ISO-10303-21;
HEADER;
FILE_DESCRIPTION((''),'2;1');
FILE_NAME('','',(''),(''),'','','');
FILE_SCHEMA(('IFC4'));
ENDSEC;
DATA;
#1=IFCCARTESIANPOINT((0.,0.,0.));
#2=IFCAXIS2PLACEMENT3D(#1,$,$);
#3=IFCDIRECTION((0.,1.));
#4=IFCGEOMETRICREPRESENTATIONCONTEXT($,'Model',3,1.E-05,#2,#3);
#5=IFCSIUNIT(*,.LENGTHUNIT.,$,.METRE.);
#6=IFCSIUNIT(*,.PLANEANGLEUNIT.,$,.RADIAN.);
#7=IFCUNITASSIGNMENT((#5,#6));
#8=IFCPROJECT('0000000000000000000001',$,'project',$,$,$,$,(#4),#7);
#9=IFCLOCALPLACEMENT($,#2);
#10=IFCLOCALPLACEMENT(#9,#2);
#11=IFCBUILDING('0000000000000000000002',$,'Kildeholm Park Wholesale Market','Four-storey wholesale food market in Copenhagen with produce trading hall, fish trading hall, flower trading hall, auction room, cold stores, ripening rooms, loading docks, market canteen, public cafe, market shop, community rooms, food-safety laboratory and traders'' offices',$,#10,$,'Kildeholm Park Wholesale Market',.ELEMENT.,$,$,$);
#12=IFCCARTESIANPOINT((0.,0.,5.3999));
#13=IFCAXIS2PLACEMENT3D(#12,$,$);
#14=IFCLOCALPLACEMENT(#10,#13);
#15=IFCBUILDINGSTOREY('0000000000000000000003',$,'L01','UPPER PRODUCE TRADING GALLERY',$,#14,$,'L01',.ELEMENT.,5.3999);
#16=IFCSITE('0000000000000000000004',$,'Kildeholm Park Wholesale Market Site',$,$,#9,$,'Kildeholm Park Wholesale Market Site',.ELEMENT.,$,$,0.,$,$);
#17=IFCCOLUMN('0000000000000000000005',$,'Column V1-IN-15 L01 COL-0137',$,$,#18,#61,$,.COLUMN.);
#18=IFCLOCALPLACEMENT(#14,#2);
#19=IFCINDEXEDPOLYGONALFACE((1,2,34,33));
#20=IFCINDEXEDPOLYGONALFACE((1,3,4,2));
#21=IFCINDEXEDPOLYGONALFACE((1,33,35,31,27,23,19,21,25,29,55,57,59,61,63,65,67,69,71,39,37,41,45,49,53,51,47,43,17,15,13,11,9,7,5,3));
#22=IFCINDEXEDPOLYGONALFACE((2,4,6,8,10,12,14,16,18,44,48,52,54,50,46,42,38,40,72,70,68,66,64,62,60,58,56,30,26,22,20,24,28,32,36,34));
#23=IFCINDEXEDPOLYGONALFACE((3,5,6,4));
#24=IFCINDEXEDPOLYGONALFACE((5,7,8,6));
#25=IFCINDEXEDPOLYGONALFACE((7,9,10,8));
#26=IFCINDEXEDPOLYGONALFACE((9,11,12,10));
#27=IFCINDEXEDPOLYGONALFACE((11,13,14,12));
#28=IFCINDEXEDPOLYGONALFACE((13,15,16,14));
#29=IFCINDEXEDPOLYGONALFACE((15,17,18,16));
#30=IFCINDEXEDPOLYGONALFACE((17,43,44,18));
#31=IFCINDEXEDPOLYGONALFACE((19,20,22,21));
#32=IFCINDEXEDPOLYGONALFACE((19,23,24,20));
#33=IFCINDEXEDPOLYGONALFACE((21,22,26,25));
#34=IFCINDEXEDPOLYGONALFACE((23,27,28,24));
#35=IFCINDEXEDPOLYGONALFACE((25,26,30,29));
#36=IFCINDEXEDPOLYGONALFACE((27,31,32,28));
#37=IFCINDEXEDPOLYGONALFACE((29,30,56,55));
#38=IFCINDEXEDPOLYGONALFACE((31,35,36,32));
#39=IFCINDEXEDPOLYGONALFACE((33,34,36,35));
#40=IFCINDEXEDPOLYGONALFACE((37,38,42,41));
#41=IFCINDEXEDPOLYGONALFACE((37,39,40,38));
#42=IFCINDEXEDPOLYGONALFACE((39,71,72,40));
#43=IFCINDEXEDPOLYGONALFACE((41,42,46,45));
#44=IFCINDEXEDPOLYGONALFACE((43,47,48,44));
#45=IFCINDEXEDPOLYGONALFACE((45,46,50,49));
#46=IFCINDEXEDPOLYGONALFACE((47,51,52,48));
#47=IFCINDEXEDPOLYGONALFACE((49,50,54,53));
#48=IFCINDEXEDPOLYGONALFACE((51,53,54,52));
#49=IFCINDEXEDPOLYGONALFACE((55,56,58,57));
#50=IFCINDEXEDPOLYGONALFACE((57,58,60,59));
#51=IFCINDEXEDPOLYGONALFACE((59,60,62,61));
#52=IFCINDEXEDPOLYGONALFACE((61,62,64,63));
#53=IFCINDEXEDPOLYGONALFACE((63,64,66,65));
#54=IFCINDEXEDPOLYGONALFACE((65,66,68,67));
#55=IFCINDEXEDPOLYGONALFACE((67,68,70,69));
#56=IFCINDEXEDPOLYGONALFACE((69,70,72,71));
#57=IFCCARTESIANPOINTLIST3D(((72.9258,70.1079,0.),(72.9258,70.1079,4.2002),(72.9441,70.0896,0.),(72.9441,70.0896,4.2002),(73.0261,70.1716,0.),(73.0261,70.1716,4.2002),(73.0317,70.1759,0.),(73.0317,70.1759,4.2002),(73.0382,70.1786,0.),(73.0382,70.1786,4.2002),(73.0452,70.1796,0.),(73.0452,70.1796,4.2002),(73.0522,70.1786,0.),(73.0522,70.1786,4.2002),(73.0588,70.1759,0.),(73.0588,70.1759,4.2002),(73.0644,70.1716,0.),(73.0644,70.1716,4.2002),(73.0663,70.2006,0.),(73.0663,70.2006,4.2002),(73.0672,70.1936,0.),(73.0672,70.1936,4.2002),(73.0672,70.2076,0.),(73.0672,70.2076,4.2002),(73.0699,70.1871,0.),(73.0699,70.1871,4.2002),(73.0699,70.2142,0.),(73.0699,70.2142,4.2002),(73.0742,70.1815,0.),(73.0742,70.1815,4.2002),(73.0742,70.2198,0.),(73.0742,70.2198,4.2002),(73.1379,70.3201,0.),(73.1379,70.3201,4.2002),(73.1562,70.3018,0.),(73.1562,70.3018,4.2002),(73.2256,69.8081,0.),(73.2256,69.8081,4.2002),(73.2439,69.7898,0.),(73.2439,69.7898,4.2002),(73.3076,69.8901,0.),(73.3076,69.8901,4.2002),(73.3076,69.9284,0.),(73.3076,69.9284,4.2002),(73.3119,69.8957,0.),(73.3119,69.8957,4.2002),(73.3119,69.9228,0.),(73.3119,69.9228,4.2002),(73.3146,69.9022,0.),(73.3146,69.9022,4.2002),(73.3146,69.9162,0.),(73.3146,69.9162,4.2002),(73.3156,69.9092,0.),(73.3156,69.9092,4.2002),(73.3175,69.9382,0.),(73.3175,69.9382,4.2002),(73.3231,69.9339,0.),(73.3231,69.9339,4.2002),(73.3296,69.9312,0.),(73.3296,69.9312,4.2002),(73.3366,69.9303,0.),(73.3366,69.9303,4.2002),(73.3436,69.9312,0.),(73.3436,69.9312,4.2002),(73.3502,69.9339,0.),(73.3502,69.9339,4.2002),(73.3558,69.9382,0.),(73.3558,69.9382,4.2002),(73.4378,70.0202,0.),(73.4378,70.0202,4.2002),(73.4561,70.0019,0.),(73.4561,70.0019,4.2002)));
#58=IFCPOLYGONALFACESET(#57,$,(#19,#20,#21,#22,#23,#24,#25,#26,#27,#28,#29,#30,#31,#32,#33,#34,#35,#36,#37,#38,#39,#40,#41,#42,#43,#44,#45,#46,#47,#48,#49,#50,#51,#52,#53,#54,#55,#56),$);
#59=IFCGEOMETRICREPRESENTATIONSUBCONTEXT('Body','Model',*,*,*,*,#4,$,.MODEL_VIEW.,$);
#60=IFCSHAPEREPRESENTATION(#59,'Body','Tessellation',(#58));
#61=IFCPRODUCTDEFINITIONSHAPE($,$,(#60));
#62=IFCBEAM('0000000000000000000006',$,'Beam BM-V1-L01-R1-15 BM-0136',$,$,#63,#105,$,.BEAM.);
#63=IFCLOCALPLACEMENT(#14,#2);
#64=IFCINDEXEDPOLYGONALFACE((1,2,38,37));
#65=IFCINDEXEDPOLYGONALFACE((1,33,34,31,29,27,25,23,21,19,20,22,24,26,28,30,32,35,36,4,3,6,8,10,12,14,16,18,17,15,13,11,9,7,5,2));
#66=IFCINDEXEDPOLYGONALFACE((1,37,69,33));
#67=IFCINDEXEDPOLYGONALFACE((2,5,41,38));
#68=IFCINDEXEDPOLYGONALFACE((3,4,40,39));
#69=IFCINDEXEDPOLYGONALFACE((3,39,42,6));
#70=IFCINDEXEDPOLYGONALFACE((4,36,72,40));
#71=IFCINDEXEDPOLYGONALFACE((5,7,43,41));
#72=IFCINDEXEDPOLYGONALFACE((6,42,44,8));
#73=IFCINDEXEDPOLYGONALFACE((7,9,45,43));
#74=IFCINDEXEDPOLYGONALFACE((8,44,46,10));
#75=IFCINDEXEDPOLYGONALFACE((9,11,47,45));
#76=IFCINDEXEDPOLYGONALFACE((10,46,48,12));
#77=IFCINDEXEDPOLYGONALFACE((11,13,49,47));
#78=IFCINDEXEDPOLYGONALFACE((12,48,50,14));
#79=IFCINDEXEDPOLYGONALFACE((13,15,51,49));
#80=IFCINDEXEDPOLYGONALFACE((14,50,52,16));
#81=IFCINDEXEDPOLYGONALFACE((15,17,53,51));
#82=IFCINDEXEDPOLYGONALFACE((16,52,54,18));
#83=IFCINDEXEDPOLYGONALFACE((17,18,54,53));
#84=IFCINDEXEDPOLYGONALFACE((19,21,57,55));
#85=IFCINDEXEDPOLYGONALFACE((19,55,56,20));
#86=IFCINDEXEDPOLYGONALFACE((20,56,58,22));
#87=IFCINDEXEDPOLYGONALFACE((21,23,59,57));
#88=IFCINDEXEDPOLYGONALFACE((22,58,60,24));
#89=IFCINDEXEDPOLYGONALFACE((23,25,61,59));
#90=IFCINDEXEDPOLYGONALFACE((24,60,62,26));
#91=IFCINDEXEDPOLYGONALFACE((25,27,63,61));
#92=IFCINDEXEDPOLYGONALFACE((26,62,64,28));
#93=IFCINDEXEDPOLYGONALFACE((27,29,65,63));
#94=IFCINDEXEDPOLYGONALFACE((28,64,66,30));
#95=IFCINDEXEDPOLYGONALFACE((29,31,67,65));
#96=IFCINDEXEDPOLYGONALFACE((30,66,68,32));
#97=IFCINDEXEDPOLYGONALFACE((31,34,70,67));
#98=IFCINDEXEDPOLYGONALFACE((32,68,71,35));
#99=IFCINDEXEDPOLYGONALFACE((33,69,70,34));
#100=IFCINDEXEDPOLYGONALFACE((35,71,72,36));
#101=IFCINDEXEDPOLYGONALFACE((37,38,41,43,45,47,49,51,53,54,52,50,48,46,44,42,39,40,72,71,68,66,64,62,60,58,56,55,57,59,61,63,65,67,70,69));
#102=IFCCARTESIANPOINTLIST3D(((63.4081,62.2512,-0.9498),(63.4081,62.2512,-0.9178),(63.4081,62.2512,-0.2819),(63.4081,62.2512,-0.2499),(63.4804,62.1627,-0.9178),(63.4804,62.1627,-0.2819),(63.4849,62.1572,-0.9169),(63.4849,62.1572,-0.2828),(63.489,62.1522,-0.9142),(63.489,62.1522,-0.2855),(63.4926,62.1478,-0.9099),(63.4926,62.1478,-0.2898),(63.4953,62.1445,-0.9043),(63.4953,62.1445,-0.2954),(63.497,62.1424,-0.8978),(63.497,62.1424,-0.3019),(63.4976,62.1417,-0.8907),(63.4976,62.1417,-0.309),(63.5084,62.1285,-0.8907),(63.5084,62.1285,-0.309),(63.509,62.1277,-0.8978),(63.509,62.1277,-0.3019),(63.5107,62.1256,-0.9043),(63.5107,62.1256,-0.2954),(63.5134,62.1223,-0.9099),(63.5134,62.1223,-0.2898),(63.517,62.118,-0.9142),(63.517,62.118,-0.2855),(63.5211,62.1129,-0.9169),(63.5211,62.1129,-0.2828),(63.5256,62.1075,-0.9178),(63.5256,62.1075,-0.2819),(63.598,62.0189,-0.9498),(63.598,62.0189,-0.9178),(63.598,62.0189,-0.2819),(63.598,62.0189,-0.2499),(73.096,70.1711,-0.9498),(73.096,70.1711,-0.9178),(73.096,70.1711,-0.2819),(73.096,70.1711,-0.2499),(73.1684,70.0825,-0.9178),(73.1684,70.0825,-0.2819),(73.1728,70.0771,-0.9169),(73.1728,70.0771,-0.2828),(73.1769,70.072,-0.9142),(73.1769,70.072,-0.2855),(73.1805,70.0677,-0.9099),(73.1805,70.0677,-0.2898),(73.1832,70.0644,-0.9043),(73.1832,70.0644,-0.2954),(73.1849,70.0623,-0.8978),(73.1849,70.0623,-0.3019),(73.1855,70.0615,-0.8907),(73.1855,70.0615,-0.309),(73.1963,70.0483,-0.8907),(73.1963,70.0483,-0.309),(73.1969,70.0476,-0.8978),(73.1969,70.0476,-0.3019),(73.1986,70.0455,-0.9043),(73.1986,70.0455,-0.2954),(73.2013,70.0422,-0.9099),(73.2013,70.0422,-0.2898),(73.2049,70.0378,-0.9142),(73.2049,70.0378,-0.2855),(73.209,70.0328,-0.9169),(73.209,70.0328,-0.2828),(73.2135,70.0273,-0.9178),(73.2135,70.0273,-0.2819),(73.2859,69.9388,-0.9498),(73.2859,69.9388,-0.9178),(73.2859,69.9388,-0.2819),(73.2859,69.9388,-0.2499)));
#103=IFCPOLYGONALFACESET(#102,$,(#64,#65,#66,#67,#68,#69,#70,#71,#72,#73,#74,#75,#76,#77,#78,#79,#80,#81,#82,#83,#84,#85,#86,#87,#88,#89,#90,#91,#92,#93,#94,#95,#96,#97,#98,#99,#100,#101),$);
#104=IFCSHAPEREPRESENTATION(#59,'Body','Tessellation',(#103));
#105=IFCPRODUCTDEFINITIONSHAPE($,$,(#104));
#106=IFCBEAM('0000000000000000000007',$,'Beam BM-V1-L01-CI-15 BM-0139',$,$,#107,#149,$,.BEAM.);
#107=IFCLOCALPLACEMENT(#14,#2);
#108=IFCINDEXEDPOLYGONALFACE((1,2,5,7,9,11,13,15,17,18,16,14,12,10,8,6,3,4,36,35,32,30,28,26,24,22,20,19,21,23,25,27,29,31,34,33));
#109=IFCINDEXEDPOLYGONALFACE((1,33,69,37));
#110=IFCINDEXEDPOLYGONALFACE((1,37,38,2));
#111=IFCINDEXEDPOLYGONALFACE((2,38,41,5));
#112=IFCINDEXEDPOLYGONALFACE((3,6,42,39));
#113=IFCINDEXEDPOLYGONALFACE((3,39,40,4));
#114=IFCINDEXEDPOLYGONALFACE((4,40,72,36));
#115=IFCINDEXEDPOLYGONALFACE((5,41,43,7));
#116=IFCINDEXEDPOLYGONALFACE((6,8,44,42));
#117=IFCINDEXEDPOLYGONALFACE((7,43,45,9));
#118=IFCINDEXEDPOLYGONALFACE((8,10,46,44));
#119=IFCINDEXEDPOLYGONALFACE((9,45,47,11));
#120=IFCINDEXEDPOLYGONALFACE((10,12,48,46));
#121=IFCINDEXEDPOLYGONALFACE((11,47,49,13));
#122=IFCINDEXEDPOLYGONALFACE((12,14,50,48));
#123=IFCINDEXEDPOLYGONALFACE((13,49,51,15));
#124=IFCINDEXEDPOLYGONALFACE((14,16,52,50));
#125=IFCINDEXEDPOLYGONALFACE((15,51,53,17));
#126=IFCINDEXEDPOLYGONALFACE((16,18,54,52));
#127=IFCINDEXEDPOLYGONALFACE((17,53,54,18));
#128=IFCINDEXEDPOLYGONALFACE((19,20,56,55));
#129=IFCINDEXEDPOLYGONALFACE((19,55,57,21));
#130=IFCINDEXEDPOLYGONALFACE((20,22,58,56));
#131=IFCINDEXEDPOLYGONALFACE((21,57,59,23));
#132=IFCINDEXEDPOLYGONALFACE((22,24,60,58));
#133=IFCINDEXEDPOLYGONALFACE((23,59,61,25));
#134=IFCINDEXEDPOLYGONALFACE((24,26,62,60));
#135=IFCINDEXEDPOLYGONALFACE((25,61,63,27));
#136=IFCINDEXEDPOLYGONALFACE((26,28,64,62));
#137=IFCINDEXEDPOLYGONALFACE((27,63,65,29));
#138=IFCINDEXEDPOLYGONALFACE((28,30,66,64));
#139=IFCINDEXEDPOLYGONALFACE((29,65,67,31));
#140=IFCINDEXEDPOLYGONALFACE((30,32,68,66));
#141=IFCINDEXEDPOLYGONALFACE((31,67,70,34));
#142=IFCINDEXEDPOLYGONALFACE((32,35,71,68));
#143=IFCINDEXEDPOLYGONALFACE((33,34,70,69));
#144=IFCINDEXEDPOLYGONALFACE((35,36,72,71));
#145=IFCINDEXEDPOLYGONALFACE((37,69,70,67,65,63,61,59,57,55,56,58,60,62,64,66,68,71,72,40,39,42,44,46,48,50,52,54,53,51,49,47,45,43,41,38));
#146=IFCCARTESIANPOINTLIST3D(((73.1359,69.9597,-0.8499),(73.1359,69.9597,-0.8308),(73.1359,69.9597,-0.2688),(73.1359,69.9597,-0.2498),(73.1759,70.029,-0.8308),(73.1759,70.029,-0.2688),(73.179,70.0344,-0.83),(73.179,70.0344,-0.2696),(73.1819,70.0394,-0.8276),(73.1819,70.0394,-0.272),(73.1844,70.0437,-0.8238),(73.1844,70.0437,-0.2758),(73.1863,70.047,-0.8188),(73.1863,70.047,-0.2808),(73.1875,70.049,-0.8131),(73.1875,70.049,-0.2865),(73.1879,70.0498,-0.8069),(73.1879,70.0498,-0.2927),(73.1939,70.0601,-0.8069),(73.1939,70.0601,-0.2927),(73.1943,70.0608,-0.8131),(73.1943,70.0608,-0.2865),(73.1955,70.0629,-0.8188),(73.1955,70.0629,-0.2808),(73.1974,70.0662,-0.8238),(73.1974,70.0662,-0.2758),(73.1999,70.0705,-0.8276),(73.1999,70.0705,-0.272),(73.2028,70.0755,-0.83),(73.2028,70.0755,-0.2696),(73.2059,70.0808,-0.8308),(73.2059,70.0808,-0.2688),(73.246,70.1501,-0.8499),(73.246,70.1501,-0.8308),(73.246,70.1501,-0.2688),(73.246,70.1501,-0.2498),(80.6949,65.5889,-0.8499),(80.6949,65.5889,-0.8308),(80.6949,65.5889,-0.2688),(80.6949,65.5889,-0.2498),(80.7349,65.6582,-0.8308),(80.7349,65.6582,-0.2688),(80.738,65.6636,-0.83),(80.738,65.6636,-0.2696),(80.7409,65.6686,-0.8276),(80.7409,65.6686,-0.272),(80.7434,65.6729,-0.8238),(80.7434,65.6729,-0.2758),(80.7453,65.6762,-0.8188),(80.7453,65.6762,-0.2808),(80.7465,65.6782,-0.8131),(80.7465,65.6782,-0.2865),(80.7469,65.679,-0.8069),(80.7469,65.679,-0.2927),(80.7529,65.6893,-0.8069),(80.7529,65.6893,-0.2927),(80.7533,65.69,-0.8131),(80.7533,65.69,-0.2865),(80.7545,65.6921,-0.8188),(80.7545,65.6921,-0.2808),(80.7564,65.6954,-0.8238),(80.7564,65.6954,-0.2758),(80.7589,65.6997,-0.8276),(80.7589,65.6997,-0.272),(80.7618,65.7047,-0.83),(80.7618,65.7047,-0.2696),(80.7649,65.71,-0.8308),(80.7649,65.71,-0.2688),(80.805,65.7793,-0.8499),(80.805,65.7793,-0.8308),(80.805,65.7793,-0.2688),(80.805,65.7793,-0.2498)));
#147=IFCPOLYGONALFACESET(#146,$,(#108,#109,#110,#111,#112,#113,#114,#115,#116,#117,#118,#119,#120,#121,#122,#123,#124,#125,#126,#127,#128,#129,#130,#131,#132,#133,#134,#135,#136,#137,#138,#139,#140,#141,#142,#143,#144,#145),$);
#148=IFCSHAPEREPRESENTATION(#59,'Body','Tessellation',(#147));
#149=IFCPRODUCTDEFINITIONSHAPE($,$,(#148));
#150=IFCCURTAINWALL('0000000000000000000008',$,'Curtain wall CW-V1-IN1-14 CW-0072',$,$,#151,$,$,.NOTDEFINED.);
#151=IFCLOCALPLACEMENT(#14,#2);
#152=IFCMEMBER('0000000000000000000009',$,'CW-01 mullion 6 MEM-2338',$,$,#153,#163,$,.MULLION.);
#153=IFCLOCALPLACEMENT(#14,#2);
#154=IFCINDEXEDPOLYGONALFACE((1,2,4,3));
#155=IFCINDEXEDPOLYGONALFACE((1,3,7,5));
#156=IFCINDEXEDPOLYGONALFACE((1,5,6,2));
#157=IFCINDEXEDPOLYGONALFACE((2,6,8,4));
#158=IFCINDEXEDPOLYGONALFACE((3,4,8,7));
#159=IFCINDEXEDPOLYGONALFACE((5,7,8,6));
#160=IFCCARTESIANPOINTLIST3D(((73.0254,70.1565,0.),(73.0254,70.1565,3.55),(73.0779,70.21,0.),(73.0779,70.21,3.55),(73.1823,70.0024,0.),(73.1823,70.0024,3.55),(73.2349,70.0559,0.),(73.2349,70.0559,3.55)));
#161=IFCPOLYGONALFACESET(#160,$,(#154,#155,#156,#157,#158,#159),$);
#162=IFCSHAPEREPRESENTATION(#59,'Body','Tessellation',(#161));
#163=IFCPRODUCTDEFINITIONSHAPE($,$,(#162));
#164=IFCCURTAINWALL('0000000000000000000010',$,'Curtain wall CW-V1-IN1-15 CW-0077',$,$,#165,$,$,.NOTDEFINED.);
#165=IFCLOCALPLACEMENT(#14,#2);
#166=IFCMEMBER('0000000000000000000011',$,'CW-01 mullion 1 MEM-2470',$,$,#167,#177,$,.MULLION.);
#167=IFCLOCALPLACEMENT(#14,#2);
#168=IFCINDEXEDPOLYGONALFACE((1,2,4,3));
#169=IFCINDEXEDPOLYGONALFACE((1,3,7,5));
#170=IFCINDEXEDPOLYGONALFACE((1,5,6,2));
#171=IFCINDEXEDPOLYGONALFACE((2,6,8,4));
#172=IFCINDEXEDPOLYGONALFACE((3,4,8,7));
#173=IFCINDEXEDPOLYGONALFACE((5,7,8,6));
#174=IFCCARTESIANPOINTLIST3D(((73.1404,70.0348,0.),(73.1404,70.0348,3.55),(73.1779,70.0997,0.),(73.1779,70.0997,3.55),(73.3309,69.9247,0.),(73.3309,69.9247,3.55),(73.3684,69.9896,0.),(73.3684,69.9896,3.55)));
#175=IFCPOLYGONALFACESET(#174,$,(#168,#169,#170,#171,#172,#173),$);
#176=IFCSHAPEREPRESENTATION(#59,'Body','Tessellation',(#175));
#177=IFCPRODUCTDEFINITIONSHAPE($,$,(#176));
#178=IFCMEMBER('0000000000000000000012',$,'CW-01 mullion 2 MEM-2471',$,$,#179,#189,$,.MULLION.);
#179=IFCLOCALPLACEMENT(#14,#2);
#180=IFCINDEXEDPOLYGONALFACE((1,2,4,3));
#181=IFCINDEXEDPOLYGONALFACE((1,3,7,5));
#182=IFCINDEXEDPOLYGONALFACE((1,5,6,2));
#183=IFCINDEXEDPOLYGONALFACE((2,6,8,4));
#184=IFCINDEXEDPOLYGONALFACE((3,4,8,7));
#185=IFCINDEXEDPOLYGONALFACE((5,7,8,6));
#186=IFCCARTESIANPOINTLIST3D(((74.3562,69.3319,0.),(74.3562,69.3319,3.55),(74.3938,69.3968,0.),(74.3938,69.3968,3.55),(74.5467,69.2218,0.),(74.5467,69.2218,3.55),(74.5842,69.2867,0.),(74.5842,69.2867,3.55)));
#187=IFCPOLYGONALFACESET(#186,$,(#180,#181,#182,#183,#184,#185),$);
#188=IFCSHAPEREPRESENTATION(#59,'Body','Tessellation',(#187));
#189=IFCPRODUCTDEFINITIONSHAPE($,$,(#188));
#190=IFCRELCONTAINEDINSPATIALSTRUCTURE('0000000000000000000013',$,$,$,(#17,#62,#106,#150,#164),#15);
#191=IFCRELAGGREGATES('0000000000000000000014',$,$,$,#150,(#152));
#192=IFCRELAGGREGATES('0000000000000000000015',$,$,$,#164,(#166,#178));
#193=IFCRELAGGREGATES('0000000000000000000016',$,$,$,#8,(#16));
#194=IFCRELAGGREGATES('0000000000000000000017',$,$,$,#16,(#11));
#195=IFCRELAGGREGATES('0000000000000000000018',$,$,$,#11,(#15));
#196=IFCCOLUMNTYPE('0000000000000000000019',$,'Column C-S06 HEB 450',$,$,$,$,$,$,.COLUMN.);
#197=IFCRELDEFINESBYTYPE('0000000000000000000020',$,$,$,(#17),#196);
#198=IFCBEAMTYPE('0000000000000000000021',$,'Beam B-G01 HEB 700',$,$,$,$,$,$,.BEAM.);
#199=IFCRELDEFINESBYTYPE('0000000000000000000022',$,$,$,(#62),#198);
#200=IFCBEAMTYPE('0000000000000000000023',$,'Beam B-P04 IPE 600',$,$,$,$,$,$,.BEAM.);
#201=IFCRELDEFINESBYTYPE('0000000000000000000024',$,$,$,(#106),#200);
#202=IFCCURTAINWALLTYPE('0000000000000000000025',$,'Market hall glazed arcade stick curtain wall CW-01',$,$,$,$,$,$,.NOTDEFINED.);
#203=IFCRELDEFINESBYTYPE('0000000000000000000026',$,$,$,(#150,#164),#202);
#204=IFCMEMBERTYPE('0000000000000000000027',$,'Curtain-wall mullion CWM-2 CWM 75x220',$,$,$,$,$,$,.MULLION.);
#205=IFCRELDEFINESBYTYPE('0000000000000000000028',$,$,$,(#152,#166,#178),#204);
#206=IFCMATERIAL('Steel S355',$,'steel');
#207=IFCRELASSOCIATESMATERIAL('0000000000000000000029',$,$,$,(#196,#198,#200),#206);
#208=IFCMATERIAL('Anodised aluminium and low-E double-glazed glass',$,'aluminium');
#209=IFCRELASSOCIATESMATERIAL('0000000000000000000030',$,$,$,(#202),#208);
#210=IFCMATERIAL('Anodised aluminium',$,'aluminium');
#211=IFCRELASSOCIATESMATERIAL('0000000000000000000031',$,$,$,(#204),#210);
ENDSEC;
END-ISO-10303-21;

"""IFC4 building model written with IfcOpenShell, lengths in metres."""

from ifc_helpers import new_model, si_unit, direction, frame, origin, origin_2d, place, context, subcontext, project, spatial, rectangle, i_section, extrude, material, material_profile, profile_set, type_object, element, aggregate, save


model = new_model("IFC4")

# Units and contexts
model_context = context("Model", 3, precision=1e-05, world=origin(), true_north=direction((0.0, 1.0)))
body_context = subcontext(model_context, "Body", "Model", "MODEL_VIEW")
ifc_project = project(units=[si_unit("LENGTHUNIT", "METRE"), si_unit("PLANEANGLEUNIT", "RADIAN")], contexts=[model_context])

# Site, building, storey
site_placement = place(None, origin())
site = spatial("IfcSite", under=ifc_project, at=site_placement, Name="Kildeholm Park Wholesale Market Site", LongName="Kildeholm Park Wholesale Market Site", CompositionType="ELEMENT", RefElevation=0.0)
building_placement = place(site_placement, origin())
building = spatial("IfcBuilding", under=site, at=building_placement, Name="Kildeholm Park Wholesale Market", Description="Four-storey wholesale food market in Copenhagen with produce trading hall, fish trading hall, flower trading hall, auction room, cold stores, ripening rooms, loading docks, market canteen, public cafe, market shop, community rooms, food-safety laboratory and traders' offices", LongName="Kildeholm Park Wholesale Market", CompositionType="ELEMENT")
storey_placement = place(building_placement, frame((0.0, 0.0, 5.3999)))
storey = spatial("IfcBuildingStorey", under=building, at=storey_placement, Name="L01", Description="UPPER PRODUCE TRADING GALLERY", LongName="L01", CompositionType="ELEMENT", Elevation=5.3999)

# Column
ifc_material_1 = material(Name="Steel S355", Category="steel")
ifc_material_profile_1 = material_profile(ifc_material_1, i_section(OverallWidth=0.3, OverallDepth=0.45, WebThickness=0.0139, FlangeThickness=0.0259, FilletRadius=0.0271, at=origin_2d()), Name="HEB 450")
ifc_profile_set_1 = profile_set([ifc_material_profile_1], Name="Steel S355")
column_type = type_object("IfcColumnType", Name="Column C-S06 HEB 450", PredefinedType="COLUMN", material=ifc_profile_set_1)
column_placement = place(storey_placement, frame((73.1909, 70.0549, 0.0), z_axis=(0.0, 0.0, 1.0), x_axis=(-0.707107, -0.707107, 0.0)))
element("IfcColumn", 1, at=column_placement, inside=storey, type_object=column_type, Name="Column V1-IN-15 L01 COL-0137", PredefinedType="COLUMN", context=body_context, shape_type="SweptSolid", body=[
    extrude(i_section(OverallWidth=0.3, OverallDepth=0.45, WebThickness=0.0139, FlangeThickness=0.0259, FilletRadius=0.0271, at=origin_2d()), origin(), (0.0, 0.0, 1.0), 4.2002),
])

# Beams
ifc_material_profile_2 = material_profile(ifc_material_1, i_section(OverallWidth=0.3, OverallDepth=0.7, WebThickness=0.0171, FlangeThickness=0.032, FilletRadius=0.0271, at=origin_2d()), Name="HEB 700")
ifc_profile_set_2 = profile_set([ifc_material_profile_2], Name="Steel S355")
beam_type_1 = type_object("IfcBeamType", Name="Beam B-G01 HEB 700", PredefinedType="BEAM", material=ifc_profile_set_2)
beam_1_placement = place(storey_placement, frame((73.1909, 70.0549, -0.5999), z_axis=(-0.774216, -0.632921, 0.0), x_axis=(0.632921, -0.774216, 0.0)))
element("IfcBeam", 2, at=beam_1_placement, inside=storey, type_object=beam_type_1, Name="Beam BM-V1-L01-R1-15 BM-0136", PredefinedType="BEAM", context=body_context, shape_type="SweptSolid", body=[
    extrude(i_section(OverallWidth=0.3, OverallDepth=0.7, WebThickness=0.0171, FlangeThickness=0.032, FilletRadius=0.0271, at=origin_2d()), origin(), (0.0, 0.0, 1.0), 12.5132),
])
ifc_material_profile_3 = material_profile(ifc_material_1, i_section(OverallWidth=0.22, OverallDepth=0.6001, WebThickness=0.012, FlangeThickness=0.019, FilletRadius=0.0239, at=origin_2d()), Name="IPE 600")
ifc_profile_set_3 = profile_set([ifc_material_profile_3], Name="Steel S355")
beam_type_2 = type_object("IfcBeamType", Name="Beam B-P04 IPE 600", PredefinedType="BEAM", material=ifc_profile_set_3)
beam_2_placement = place(storey_placement, frame((73.1909, 70.0549, -0.5498), z_axis=(0.865697, -0.500568, 0.0), x_axis=(0.500568, 0.865697, 0.0)))
element("IfcBeam", 3, at=beam_2_placement, inside=storey, type_object=beam_type_2, Name="Beam BM-V1-L01-CI-15 BM-0139", PredefinedType="BEAM", context=body_context, shape_type="SweptSolid", body=[
    extrude(i_section(OverallWidth=0.22, OverallDepth=0.6001, WebThickness=0.012, FlangeThickness=0.019, FilletRadius=0.0239, at=origin_2d()), origin(), (0.0, 0.0, 1.0), 8.7317),
])

# Curtain wall, member
ifc_material_2 = material(Name="Anodised aluminium and low-E double-glazed glass", Category="aluminium")
curtain_wall_type = type_object("IfcCurtainWallType", Name="Market hall glazed arcade stick curtain wall CW-01", PredefinedType="NOTDEFINED", material=ifc_material_2)
curtain_wall_1_placement = place(storey_placement, origin())
curtain_wall_1 = element("IfcCurtainWall", 4, at=curtain_wall_1_placement, inside=storey, type_object=curtain_wall_type, Name="Curtain wall CW-V1-IN1-14 CW-0072", PredefinedType="NOTDEFINED")
ifc_material_3 = material(Name="Anodised aluminium", Category="aluminium")
ifc_material_profile_4 = material_profile(ifc_material_3, rectangle(XDim=0.075, YDim=0.22, at=origin_2d()), Name="CWM 75x220")
ifc_profile_set_4 = profile_set([ifc_material_profile_4], Name="Anodised aluminium")
member_type_1 = type_object("IfcMemberType", Name="Curtain-wall mullion CWM-2 CWM 75x220", PredefinedType="MULLION", material=ifc_profile_set_4)
member_1_placement = place(storey_placement, frame((73.1301, 70.1062, 0.0), z_axis=(0.0, 0.0, 1.0), x_axis=(0.700617, 0.713538, 0.0)))
member_1 = element("IfcMember", 5, at=member_1_placement, type_object=member_type_1, Name="CW-01 mullion 6 MEM-2338", PredefinedType="MULLION", context=body_context, shape_type="SweptSolid", body=[
    extrude(rectangle(XDim=0.075, YDim=0.22, at=origin_2d()), origin(), (0.0, 0.0, 1.0), 3.55),
])
aggregate(curtain_wall_1, [member_1])

# Curtain wall, members
curtain_wall_2_placement = place(storey_placement, origin())
curtain_wall_2 = element("IfcCurtainWall", 6, at=curtain_wall_2_placement, inside=storey, type_object=curtain_wall_type, Name="Curtain wall CW-V1-IN1-15 CW-0077", PredefinedType="NOTDEFINED")
member_2_placement = place(storey_placement, frame((73.2544, 70.0122, 0.0), z_axis=(0.0, 0.0, 1.0), x_axis=(0.500489, 0.865743, 0.0)))
member_2 = element("IfcMember", 7, at=member_2_placement, type_object=member_type_1, Name="CW-01 mullion 1 MEM-2470", PredefinedType="MULLION", context=body_context, shape_type="SweptSolid", body=[
    extrude(rectangle(XDim=0.075, YDim=0.22, at=origin_2d()), origin(), (0.0, 0.0, 1.0), 3.55),
])
member_3_placement = place(storey_placement, frame((74.4702, 69.3093, 0.0), z_axis=(0.0, 0.0, 1.0), x_axis=(0.500489, 0.865743, 0.0)))
member_3 = element("IfcMember", 8, at=member_3_placement, type_object=member_type_1, Name="CW-01 mullion 2 MEM-2471", PredefinedType="MULLION", context=body_context, shape_type="SweptSolid", body=[
    extrude(rectangle(XDim=0.075, YDim=0.22, at=origin_2d()), origin(), (0.0, 0.0, 1.0), 3.55),
])
aggregate(curtain_wall_2, [member_2, member_3])

save(model, "model.ifc")
